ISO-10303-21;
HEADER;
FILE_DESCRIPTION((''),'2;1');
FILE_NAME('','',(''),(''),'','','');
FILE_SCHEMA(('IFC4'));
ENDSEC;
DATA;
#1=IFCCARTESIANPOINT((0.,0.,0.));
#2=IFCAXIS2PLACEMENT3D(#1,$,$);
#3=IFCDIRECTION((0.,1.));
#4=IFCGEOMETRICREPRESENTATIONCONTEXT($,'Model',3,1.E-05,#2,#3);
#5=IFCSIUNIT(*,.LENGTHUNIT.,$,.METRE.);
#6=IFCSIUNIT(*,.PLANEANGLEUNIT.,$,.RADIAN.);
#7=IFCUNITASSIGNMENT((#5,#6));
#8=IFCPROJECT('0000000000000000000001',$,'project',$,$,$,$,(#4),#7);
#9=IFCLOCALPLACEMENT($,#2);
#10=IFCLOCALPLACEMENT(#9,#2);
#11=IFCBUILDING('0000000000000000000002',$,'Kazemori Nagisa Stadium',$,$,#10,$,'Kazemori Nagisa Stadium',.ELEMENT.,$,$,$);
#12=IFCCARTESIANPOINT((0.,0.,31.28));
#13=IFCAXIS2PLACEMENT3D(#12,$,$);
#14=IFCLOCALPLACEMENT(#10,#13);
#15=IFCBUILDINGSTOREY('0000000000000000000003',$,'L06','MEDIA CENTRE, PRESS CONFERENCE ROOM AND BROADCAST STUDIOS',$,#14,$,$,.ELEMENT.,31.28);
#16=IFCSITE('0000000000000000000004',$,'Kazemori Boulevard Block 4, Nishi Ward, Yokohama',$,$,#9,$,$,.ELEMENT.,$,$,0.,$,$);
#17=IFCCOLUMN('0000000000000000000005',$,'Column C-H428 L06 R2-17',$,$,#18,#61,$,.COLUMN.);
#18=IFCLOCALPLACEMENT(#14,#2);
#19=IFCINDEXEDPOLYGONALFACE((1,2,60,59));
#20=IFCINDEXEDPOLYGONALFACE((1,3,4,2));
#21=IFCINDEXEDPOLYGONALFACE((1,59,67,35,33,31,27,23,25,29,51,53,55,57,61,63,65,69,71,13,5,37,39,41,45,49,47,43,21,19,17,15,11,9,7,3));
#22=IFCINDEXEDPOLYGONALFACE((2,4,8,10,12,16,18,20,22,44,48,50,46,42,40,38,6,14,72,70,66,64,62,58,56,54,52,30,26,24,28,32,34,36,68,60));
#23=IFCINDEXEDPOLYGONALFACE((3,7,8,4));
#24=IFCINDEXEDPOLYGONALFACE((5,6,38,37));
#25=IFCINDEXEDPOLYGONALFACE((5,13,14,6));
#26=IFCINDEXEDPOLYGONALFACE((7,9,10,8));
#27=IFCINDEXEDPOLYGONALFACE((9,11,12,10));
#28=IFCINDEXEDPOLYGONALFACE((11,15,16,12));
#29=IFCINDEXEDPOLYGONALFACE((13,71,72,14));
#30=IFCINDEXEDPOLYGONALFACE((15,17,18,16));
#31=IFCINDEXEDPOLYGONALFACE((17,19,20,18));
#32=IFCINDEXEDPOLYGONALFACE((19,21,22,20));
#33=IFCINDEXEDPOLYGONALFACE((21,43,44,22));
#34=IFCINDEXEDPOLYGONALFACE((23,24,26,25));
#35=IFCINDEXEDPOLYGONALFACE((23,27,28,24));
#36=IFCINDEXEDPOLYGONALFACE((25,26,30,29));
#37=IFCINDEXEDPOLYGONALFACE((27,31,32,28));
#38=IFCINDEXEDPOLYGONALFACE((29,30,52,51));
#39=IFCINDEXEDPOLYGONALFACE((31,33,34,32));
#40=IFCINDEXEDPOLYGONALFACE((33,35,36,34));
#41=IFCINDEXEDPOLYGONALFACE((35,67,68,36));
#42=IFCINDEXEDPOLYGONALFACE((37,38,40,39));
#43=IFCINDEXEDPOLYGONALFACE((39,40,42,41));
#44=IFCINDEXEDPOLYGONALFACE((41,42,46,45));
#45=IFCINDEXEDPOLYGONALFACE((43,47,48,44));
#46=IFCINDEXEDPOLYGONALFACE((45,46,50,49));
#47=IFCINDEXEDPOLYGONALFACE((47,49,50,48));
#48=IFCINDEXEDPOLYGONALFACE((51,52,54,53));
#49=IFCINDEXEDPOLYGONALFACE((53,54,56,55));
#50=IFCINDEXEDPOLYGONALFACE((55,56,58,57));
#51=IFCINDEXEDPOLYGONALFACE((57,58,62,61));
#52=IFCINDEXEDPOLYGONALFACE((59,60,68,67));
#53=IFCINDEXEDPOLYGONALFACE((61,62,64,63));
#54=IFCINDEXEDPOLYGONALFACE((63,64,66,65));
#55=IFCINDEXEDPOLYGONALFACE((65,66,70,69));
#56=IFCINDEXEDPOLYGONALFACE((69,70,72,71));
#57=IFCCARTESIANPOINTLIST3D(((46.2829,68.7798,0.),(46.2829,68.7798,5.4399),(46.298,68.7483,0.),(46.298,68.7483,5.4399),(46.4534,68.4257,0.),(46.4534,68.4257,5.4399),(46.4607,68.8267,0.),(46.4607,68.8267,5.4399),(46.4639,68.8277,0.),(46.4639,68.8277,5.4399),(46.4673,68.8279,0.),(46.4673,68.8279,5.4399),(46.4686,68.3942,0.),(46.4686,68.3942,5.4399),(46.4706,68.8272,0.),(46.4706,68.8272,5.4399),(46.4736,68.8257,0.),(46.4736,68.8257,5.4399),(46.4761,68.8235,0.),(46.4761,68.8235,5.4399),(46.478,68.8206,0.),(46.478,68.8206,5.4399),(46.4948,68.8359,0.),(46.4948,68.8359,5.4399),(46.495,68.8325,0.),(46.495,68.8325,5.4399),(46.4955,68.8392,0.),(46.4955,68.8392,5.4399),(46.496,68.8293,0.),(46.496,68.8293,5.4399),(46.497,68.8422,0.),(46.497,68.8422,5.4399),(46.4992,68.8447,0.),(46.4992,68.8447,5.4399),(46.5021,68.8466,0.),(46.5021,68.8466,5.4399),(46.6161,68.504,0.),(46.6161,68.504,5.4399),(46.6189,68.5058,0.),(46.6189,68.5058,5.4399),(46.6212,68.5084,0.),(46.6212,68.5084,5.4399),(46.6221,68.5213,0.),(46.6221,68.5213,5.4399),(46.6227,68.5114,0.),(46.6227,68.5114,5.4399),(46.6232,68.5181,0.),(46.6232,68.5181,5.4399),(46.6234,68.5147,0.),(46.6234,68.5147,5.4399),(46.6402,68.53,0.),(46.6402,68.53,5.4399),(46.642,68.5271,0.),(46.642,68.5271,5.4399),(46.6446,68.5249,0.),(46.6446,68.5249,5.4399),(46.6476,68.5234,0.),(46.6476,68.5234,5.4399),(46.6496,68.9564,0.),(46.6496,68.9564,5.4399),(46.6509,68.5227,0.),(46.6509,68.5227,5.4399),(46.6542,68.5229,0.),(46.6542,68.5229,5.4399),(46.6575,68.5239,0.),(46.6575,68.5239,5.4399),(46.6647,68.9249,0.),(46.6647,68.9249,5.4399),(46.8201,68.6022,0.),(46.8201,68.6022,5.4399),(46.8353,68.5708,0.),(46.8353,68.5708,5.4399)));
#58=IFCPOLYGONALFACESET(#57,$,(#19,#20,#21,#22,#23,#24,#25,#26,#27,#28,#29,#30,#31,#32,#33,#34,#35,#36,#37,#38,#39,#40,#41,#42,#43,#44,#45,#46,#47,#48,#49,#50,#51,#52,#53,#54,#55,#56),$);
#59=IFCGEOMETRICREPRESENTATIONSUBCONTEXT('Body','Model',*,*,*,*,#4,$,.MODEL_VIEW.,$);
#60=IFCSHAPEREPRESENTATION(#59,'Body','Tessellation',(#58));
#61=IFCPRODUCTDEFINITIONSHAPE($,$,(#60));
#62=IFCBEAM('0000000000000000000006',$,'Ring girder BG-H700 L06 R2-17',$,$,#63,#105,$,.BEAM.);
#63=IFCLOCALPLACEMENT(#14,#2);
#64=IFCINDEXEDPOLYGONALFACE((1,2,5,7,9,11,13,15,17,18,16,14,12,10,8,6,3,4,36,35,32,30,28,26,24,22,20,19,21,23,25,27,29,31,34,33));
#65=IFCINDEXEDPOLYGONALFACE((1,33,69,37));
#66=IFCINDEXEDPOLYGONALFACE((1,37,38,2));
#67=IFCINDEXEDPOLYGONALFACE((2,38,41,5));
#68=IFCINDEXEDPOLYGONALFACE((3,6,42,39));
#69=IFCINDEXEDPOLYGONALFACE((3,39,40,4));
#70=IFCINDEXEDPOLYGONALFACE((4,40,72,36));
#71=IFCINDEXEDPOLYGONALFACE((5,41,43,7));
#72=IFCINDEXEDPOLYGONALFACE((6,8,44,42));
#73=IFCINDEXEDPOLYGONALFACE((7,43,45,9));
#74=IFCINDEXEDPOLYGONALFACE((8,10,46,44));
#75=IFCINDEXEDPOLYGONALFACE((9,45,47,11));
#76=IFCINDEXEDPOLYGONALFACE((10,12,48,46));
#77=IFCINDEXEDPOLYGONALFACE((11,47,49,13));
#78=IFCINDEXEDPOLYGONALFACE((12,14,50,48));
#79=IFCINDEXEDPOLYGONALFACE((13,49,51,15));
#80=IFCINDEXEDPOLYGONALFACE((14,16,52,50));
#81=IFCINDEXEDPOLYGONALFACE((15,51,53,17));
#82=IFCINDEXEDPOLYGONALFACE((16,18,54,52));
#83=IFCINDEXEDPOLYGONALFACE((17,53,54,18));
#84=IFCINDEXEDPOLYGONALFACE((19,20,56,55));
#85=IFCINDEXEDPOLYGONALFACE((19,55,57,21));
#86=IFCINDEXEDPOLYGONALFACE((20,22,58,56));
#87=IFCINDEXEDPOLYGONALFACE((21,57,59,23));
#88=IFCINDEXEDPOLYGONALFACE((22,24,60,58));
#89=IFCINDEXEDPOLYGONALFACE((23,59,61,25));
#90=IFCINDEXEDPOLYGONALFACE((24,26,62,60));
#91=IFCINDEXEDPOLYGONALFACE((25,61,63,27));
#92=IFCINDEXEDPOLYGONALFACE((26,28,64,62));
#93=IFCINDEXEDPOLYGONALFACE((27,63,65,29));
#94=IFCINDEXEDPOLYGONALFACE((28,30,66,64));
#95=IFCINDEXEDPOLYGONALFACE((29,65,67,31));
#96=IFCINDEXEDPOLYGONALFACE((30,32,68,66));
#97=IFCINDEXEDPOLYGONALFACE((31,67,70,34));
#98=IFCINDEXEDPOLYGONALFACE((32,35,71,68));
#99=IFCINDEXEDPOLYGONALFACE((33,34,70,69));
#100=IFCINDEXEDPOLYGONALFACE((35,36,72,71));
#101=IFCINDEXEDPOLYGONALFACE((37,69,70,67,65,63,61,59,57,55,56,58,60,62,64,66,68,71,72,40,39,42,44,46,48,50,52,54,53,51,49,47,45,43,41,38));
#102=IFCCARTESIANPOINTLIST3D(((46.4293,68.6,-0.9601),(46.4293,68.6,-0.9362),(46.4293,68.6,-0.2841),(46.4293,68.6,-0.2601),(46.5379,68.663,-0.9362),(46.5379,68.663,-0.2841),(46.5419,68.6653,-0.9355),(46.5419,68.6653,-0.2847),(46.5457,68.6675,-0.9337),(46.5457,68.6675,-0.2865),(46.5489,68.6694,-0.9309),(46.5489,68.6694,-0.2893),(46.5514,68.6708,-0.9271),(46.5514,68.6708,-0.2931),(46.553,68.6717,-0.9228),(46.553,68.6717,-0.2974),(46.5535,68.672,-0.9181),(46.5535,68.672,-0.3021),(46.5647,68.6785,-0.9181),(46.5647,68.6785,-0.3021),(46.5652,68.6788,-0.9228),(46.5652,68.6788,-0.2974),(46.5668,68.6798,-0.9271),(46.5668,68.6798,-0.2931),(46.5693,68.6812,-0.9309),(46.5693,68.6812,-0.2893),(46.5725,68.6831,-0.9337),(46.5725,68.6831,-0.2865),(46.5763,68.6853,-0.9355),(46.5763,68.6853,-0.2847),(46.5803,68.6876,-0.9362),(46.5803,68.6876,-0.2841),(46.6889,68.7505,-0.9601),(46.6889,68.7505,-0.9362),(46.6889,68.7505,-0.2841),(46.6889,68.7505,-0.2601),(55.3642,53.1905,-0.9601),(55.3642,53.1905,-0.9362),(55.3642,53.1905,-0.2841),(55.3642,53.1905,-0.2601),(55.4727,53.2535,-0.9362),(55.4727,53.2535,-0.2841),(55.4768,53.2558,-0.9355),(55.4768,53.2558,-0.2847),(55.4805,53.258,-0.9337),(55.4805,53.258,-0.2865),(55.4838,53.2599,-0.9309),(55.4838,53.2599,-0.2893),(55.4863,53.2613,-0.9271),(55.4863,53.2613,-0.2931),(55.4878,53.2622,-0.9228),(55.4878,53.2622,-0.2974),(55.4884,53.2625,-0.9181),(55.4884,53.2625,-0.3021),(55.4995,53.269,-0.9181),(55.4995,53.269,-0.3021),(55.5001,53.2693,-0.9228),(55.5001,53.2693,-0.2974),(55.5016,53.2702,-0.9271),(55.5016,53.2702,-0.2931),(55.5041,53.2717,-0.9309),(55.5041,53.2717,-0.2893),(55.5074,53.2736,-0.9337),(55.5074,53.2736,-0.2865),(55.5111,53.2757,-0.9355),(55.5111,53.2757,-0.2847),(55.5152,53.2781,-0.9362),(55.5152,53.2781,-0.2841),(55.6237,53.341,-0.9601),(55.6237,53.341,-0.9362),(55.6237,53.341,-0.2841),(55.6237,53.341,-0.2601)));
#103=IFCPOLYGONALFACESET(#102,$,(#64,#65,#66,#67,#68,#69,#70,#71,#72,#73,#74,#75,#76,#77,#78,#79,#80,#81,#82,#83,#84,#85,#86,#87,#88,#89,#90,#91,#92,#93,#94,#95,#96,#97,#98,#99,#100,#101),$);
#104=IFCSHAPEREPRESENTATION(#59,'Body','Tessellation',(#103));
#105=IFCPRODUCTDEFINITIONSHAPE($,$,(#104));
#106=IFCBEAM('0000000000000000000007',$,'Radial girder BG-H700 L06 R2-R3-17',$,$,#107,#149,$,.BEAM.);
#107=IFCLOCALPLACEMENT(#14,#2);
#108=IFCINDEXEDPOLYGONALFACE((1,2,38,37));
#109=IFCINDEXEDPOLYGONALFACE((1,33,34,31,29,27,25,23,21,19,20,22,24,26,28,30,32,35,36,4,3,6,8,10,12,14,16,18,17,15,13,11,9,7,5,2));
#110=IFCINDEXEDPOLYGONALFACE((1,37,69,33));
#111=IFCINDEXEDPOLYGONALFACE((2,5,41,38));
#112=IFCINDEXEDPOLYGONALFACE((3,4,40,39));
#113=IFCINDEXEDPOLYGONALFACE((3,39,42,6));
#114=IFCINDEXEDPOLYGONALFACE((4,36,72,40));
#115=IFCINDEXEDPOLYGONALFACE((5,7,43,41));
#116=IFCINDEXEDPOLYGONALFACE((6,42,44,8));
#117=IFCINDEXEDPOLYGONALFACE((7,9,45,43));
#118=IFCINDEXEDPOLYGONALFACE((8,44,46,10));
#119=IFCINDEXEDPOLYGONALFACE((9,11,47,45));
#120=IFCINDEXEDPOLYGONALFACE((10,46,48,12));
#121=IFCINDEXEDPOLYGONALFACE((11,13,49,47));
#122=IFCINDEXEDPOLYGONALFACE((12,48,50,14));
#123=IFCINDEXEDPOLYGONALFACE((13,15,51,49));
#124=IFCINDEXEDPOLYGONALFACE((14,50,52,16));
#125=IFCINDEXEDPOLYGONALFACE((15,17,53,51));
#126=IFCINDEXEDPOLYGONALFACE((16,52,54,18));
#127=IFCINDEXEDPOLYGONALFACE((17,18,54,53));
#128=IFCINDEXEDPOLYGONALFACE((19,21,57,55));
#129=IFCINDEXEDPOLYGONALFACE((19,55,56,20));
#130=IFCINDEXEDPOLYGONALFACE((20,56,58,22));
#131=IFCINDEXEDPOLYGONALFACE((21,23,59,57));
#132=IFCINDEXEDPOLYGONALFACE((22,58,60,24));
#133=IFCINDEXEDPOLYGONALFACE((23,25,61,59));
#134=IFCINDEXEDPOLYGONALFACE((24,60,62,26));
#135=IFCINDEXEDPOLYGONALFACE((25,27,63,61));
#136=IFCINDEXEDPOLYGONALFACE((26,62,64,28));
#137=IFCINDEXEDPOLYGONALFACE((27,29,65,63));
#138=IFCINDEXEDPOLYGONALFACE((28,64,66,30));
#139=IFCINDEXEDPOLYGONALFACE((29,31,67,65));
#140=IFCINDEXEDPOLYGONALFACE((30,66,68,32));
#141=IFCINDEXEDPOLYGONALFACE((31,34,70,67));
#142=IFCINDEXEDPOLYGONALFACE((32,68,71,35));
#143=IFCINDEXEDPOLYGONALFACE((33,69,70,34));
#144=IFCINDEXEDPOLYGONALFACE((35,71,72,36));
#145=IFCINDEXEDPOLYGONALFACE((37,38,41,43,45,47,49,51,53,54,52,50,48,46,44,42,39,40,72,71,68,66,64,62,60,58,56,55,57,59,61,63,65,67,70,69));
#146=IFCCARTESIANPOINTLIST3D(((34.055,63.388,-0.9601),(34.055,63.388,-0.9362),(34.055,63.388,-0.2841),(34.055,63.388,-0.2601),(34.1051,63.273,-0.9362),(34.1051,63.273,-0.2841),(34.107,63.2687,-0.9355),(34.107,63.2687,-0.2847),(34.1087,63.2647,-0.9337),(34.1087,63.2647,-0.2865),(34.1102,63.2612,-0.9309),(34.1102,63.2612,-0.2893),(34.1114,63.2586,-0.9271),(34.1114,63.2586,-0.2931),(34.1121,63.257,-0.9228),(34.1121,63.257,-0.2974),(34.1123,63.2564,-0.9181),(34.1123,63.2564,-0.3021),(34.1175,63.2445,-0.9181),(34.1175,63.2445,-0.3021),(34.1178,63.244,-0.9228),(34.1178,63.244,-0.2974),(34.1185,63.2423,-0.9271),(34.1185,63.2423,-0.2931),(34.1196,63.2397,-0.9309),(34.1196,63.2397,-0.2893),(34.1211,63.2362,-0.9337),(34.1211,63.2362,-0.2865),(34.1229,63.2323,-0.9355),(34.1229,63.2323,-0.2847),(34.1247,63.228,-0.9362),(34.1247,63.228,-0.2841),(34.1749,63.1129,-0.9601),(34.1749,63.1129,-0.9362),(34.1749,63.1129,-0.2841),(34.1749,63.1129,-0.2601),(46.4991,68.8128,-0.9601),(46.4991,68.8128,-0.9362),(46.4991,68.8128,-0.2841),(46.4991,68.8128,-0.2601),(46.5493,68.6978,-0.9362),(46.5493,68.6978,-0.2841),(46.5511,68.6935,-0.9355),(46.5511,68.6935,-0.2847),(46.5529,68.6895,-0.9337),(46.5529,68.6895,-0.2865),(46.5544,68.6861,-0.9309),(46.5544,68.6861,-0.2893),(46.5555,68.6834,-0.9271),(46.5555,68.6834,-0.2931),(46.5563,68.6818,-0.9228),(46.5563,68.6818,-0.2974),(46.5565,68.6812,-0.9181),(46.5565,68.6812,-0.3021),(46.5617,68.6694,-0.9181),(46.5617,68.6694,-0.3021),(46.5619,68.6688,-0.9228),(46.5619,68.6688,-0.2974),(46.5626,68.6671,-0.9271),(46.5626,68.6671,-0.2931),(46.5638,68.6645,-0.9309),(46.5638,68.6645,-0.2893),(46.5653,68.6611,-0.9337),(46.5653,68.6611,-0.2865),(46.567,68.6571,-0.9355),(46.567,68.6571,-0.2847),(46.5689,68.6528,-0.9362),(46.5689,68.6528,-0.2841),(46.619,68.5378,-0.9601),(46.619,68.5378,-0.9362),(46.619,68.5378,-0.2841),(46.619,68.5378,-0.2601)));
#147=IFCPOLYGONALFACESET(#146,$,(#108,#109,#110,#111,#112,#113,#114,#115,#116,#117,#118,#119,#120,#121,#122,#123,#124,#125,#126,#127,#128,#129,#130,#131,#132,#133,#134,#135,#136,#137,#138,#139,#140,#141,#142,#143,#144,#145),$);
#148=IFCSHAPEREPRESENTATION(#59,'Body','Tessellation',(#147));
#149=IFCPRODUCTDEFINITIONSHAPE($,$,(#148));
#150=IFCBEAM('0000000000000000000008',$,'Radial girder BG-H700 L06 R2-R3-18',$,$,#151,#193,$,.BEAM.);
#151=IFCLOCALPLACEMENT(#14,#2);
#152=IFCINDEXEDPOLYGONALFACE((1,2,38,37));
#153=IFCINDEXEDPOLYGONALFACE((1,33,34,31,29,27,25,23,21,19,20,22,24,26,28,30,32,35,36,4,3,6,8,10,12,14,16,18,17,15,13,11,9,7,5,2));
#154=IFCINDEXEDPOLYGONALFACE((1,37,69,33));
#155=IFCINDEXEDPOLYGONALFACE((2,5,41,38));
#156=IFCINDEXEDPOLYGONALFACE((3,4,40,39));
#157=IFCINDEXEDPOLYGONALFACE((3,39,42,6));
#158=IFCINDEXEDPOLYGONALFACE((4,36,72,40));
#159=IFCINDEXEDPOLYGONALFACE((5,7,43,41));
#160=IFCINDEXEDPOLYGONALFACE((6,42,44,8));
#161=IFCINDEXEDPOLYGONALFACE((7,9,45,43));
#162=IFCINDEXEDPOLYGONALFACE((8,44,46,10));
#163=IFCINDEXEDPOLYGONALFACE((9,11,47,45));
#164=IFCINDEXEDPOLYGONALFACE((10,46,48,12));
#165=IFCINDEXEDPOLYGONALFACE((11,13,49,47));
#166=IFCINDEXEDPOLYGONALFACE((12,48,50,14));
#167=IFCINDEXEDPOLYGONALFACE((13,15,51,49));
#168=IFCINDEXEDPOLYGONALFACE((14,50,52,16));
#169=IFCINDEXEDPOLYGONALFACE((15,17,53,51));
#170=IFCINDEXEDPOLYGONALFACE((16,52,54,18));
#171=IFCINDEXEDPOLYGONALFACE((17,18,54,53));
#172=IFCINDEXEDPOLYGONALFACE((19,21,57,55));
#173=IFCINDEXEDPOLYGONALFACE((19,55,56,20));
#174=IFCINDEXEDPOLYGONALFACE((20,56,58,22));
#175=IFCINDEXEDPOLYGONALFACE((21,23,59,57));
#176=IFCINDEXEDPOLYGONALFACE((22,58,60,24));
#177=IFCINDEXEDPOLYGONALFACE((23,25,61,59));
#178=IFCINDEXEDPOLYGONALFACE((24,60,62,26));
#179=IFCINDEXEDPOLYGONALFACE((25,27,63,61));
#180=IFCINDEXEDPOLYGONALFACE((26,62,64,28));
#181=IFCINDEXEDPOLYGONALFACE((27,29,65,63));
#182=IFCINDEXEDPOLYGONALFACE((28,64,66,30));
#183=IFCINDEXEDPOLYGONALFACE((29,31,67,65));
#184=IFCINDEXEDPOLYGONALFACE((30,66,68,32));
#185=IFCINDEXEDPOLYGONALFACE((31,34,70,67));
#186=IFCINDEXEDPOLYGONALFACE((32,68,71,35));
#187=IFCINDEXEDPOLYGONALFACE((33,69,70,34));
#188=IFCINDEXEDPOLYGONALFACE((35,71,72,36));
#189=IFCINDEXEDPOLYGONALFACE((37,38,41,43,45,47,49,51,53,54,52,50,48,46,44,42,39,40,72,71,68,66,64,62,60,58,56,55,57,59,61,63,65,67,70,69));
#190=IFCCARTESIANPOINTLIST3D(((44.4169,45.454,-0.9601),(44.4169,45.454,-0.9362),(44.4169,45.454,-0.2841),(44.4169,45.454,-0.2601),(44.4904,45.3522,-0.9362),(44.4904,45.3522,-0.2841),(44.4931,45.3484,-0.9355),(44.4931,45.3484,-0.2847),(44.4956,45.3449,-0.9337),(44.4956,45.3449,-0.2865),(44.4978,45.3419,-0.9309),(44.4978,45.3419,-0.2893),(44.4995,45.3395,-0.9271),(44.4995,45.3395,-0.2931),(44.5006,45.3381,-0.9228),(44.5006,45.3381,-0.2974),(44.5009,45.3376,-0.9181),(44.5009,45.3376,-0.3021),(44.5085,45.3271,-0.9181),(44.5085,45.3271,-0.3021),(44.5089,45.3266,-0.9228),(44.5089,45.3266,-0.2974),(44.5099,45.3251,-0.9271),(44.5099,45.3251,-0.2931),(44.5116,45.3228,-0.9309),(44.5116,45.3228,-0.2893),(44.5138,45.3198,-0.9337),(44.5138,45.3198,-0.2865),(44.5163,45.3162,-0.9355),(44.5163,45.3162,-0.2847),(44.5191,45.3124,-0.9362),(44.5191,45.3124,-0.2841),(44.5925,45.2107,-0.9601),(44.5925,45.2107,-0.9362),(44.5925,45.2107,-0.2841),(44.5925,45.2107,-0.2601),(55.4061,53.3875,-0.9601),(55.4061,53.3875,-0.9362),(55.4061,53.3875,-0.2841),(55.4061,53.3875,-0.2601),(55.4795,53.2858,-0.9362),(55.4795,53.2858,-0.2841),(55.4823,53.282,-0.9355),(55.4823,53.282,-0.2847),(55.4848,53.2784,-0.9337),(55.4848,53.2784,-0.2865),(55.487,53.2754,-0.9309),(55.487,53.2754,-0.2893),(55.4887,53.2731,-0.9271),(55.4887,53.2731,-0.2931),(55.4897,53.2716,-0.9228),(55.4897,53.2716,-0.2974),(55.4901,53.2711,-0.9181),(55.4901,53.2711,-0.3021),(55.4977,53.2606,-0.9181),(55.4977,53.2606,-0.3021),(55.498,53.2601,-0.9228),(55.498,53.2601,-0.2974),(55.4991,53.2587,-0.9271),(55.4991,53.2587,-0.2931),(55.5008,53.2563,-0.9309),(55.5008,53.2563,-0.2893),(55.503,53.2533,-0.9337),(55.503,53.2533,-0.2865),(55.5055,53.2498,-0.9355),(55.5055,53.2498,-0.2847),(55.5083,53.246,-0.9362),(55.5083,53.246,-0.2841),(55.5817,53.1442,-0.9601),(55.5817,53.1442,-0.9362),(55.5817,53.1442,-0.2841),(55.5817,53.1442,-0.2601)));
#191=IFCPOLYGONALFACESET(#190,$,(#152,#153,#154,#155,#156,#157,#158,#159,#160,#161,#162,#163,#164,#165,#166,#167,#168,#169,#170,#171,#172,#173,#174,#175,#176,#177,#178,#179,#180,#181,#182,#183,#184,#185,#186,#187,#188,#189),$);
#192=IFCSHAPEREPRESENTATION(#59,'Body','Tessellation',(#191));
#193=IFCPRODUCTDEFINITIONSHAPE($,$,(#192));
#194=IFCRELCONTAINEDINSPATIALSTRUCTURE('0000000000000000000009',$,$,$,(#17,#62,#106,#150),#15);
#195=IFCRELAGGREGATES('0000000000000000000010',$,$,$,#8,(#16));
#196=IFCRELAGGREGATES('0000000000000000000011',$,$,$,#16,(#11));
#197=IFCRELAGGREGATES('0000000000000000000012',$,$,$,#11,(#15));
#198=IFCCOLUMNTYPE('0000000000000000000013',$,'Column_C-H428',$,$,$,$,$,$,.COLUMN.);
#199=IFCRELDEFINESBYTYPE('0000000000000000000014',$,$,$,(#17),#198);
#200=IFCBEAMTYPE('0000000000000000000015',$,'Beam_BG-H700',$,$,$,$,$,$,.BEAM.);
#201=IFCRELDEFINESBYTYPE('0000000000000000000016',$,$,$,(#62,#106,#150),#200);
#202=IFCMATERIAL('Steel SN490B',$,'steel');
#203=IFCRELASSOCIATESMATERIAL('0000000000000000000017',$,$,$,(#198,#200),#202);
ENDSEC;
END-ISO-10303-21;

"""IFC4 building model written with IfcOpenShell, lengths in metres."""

from ifc_helpers import new_model, si_unit, direction, frame, origin, origin_2d, place, context, subcontext, project, spatial, i_section, extrude, material, material_profile, profile_set, type_object, element, save


model = new_model("IFC4")

# Units and contexts
model_context = context("Model", 3, precision=1e-05, world=origin(), true_north=direction((0.0, 1.0)))
body_context = subcontext(model_context, "Body", "Model", "MODEL_VIEW")
ifc_project = project(units=[si_unit("LENGTHUNIT", "METRE"), si_unit("PLANEANGLEUNIT", "RADIAN")], contexts=[model_context])

# Site, building, storey
site_placement = place(None, origin())
site = spatial("IfcSite", under=ifc_project, at=site_placement, Name="Kazemori Boulevard Block 4, Nishi Ward, Yokohama", CompositionType="ELEMENT", RefElevation=0.0)
building_placement = place(site_placement, origin())
building = spatial("IfcBuilding", under=site, at=building_placement, Name="Kazemori Nagisa Stadium", LongName="Kazemori Nagisa Stadium", CompositionType="ELEMENT")
storey_placement = place(building_placement, frame((0.0, 0.0, 31.28)))
storey = spatial("IfcBuildingStorey", under=building, at=storey_placement, Name="L06", Description="MEDIA CENTRE, PRESS CONFERENCE ROOM AND BROADCAST STUDIOS", CompositionType="ELEMENT", Elevation=31.28)

# Column
ifc_material_1 = material(Name="Steel SN490B", Category="steel")
ifc_material_profile_1 = material_profile(ifc_material_1, i_section(OverallWidth=0.407, OverallDepth=0.428, WebThickness=0.02, FlangeThickness=0.0349, FilletRadius=0.0129, at=origin_2d()), Name="H-428x407x20x35")
ifc_profile_set_1 = profile_set([ifc_material_profile_1], Name="Steel SN490B")
column_type = type_object("IfcColumnType", Name="Column_C-H428", PredefinedType="COLUMN", material=ifc_profile_set_1)
column_placement = place(storey_placement, frame((46.5591, 68.6753, 0.0), z_axis=(0.0, 0.0, 1.0), x_axis=(-0.900969, -0.433884, 0.0)))
element("IfcColumn", 1, at=column_placement, inside=storey, type_object=column_type, Name="Column C-H428 L06 R2-17", PredefinedType="COLUMN", context=body_context, shape_type="SweptSolid", body=[
    extrude(i_section(OverallWidth=0.407, OverallDepth=0.428, WebThickness=0.02, FlangeThickness=0.0349, FilletRadius=0.0129, at=origin_2d()), origin(), (0.0, 0.0, 1.0), 5.4399),
])

# Beams
ifc_material_profile_2 = material_profile(ifc_material_1, i_section(OverallWidth=0.3, OverallDepth=0.7, WebThickness=0.0129, FlangeThickness=0.0239, FilletRadius=0.0181, at=origin_2d()), Name="H-700x300x13x24")
ifc_profile_set_2 = profile_set([ifc_material_profile_2], Name="Steel SN490B")
beam_type = type_object("IfcBeamType", Name="Beam_BG-H700", PredefinedType="BEAM", material=ifc_profile_set_2)
beam_1_placement = place(storey_placement, frame((46.5591, 68.6753, -0.6101), z_axis=(0.501607, -0.865096, 0.0), x_axis=(0.865096, 0.501607, 0.0)))
element("IfcBeam", 2, at=beam_1_placement, inside=storey, type_object=beam_type, Name="Ring girder BG-H700 L06 R2-17", PredefinedType="BEAM", context=body_context, shape_type="SweptSolid", body=[
    extrude(i_section(OverallWidth=0.3, OverallDepth=0.7, WebThickness=0.0129, FlangeThickness=0.0239, FilletRadius=0.0181, at=origin_2d()), origin(), (0.0, 0.0, 1.0), 17.8125),
])
beam_2_placement = place(storey_placement, frame((46.5591, 68.6753, -0.6101), z_axis=(-0.916684, -0.399614, 0.0), x_axis=(0.399614, -0.916684, 0.0)))
element("IfcBeam", 3, at=beam_2_placement, inside=storey, type_object=beam_type, Name="Radial girder BG-H700 L06 R2-R3-17", PredefinedType="BEAM", context=body_context, shape_type="SweptSolid", body=[
    extrude(i_section(OverallWidth=0.3, OverallDepth=0.7, WebThickness=0.0129, FlangeThickness=0.0239, FilletRadius=0.0181, at=origin_2d()), origin(), (0.0, 0.0, 1.0), 13.5752),
])
beam_3_placement = place(storey_placement, frame((55.4939, 53.2659, -0.6101), z_axis=(-0.810788, -0.585341, 0.0), x_axis=(0.585341, -0.810788, 0.0)))
element("IfcBeam", 4, at=beam_3_placement, inside=storey, type_object=beam_type, Name="Radial girder BG-H700 L06 R2-R3-18", PredefinedType="BEAM", context=body_context, shape_type="SweptSolid", body=[
    extrude(i_section(OverallWidth=0.3, OverallDepth=0.7, WebThickness=0.0129, FlangeThickness=0.0239, FilletRadius=0.0181, at=origin_2d()), origin(), (0.0, 0.0, 1.0), 13.5537),
])

save(model, "model.ifc")
